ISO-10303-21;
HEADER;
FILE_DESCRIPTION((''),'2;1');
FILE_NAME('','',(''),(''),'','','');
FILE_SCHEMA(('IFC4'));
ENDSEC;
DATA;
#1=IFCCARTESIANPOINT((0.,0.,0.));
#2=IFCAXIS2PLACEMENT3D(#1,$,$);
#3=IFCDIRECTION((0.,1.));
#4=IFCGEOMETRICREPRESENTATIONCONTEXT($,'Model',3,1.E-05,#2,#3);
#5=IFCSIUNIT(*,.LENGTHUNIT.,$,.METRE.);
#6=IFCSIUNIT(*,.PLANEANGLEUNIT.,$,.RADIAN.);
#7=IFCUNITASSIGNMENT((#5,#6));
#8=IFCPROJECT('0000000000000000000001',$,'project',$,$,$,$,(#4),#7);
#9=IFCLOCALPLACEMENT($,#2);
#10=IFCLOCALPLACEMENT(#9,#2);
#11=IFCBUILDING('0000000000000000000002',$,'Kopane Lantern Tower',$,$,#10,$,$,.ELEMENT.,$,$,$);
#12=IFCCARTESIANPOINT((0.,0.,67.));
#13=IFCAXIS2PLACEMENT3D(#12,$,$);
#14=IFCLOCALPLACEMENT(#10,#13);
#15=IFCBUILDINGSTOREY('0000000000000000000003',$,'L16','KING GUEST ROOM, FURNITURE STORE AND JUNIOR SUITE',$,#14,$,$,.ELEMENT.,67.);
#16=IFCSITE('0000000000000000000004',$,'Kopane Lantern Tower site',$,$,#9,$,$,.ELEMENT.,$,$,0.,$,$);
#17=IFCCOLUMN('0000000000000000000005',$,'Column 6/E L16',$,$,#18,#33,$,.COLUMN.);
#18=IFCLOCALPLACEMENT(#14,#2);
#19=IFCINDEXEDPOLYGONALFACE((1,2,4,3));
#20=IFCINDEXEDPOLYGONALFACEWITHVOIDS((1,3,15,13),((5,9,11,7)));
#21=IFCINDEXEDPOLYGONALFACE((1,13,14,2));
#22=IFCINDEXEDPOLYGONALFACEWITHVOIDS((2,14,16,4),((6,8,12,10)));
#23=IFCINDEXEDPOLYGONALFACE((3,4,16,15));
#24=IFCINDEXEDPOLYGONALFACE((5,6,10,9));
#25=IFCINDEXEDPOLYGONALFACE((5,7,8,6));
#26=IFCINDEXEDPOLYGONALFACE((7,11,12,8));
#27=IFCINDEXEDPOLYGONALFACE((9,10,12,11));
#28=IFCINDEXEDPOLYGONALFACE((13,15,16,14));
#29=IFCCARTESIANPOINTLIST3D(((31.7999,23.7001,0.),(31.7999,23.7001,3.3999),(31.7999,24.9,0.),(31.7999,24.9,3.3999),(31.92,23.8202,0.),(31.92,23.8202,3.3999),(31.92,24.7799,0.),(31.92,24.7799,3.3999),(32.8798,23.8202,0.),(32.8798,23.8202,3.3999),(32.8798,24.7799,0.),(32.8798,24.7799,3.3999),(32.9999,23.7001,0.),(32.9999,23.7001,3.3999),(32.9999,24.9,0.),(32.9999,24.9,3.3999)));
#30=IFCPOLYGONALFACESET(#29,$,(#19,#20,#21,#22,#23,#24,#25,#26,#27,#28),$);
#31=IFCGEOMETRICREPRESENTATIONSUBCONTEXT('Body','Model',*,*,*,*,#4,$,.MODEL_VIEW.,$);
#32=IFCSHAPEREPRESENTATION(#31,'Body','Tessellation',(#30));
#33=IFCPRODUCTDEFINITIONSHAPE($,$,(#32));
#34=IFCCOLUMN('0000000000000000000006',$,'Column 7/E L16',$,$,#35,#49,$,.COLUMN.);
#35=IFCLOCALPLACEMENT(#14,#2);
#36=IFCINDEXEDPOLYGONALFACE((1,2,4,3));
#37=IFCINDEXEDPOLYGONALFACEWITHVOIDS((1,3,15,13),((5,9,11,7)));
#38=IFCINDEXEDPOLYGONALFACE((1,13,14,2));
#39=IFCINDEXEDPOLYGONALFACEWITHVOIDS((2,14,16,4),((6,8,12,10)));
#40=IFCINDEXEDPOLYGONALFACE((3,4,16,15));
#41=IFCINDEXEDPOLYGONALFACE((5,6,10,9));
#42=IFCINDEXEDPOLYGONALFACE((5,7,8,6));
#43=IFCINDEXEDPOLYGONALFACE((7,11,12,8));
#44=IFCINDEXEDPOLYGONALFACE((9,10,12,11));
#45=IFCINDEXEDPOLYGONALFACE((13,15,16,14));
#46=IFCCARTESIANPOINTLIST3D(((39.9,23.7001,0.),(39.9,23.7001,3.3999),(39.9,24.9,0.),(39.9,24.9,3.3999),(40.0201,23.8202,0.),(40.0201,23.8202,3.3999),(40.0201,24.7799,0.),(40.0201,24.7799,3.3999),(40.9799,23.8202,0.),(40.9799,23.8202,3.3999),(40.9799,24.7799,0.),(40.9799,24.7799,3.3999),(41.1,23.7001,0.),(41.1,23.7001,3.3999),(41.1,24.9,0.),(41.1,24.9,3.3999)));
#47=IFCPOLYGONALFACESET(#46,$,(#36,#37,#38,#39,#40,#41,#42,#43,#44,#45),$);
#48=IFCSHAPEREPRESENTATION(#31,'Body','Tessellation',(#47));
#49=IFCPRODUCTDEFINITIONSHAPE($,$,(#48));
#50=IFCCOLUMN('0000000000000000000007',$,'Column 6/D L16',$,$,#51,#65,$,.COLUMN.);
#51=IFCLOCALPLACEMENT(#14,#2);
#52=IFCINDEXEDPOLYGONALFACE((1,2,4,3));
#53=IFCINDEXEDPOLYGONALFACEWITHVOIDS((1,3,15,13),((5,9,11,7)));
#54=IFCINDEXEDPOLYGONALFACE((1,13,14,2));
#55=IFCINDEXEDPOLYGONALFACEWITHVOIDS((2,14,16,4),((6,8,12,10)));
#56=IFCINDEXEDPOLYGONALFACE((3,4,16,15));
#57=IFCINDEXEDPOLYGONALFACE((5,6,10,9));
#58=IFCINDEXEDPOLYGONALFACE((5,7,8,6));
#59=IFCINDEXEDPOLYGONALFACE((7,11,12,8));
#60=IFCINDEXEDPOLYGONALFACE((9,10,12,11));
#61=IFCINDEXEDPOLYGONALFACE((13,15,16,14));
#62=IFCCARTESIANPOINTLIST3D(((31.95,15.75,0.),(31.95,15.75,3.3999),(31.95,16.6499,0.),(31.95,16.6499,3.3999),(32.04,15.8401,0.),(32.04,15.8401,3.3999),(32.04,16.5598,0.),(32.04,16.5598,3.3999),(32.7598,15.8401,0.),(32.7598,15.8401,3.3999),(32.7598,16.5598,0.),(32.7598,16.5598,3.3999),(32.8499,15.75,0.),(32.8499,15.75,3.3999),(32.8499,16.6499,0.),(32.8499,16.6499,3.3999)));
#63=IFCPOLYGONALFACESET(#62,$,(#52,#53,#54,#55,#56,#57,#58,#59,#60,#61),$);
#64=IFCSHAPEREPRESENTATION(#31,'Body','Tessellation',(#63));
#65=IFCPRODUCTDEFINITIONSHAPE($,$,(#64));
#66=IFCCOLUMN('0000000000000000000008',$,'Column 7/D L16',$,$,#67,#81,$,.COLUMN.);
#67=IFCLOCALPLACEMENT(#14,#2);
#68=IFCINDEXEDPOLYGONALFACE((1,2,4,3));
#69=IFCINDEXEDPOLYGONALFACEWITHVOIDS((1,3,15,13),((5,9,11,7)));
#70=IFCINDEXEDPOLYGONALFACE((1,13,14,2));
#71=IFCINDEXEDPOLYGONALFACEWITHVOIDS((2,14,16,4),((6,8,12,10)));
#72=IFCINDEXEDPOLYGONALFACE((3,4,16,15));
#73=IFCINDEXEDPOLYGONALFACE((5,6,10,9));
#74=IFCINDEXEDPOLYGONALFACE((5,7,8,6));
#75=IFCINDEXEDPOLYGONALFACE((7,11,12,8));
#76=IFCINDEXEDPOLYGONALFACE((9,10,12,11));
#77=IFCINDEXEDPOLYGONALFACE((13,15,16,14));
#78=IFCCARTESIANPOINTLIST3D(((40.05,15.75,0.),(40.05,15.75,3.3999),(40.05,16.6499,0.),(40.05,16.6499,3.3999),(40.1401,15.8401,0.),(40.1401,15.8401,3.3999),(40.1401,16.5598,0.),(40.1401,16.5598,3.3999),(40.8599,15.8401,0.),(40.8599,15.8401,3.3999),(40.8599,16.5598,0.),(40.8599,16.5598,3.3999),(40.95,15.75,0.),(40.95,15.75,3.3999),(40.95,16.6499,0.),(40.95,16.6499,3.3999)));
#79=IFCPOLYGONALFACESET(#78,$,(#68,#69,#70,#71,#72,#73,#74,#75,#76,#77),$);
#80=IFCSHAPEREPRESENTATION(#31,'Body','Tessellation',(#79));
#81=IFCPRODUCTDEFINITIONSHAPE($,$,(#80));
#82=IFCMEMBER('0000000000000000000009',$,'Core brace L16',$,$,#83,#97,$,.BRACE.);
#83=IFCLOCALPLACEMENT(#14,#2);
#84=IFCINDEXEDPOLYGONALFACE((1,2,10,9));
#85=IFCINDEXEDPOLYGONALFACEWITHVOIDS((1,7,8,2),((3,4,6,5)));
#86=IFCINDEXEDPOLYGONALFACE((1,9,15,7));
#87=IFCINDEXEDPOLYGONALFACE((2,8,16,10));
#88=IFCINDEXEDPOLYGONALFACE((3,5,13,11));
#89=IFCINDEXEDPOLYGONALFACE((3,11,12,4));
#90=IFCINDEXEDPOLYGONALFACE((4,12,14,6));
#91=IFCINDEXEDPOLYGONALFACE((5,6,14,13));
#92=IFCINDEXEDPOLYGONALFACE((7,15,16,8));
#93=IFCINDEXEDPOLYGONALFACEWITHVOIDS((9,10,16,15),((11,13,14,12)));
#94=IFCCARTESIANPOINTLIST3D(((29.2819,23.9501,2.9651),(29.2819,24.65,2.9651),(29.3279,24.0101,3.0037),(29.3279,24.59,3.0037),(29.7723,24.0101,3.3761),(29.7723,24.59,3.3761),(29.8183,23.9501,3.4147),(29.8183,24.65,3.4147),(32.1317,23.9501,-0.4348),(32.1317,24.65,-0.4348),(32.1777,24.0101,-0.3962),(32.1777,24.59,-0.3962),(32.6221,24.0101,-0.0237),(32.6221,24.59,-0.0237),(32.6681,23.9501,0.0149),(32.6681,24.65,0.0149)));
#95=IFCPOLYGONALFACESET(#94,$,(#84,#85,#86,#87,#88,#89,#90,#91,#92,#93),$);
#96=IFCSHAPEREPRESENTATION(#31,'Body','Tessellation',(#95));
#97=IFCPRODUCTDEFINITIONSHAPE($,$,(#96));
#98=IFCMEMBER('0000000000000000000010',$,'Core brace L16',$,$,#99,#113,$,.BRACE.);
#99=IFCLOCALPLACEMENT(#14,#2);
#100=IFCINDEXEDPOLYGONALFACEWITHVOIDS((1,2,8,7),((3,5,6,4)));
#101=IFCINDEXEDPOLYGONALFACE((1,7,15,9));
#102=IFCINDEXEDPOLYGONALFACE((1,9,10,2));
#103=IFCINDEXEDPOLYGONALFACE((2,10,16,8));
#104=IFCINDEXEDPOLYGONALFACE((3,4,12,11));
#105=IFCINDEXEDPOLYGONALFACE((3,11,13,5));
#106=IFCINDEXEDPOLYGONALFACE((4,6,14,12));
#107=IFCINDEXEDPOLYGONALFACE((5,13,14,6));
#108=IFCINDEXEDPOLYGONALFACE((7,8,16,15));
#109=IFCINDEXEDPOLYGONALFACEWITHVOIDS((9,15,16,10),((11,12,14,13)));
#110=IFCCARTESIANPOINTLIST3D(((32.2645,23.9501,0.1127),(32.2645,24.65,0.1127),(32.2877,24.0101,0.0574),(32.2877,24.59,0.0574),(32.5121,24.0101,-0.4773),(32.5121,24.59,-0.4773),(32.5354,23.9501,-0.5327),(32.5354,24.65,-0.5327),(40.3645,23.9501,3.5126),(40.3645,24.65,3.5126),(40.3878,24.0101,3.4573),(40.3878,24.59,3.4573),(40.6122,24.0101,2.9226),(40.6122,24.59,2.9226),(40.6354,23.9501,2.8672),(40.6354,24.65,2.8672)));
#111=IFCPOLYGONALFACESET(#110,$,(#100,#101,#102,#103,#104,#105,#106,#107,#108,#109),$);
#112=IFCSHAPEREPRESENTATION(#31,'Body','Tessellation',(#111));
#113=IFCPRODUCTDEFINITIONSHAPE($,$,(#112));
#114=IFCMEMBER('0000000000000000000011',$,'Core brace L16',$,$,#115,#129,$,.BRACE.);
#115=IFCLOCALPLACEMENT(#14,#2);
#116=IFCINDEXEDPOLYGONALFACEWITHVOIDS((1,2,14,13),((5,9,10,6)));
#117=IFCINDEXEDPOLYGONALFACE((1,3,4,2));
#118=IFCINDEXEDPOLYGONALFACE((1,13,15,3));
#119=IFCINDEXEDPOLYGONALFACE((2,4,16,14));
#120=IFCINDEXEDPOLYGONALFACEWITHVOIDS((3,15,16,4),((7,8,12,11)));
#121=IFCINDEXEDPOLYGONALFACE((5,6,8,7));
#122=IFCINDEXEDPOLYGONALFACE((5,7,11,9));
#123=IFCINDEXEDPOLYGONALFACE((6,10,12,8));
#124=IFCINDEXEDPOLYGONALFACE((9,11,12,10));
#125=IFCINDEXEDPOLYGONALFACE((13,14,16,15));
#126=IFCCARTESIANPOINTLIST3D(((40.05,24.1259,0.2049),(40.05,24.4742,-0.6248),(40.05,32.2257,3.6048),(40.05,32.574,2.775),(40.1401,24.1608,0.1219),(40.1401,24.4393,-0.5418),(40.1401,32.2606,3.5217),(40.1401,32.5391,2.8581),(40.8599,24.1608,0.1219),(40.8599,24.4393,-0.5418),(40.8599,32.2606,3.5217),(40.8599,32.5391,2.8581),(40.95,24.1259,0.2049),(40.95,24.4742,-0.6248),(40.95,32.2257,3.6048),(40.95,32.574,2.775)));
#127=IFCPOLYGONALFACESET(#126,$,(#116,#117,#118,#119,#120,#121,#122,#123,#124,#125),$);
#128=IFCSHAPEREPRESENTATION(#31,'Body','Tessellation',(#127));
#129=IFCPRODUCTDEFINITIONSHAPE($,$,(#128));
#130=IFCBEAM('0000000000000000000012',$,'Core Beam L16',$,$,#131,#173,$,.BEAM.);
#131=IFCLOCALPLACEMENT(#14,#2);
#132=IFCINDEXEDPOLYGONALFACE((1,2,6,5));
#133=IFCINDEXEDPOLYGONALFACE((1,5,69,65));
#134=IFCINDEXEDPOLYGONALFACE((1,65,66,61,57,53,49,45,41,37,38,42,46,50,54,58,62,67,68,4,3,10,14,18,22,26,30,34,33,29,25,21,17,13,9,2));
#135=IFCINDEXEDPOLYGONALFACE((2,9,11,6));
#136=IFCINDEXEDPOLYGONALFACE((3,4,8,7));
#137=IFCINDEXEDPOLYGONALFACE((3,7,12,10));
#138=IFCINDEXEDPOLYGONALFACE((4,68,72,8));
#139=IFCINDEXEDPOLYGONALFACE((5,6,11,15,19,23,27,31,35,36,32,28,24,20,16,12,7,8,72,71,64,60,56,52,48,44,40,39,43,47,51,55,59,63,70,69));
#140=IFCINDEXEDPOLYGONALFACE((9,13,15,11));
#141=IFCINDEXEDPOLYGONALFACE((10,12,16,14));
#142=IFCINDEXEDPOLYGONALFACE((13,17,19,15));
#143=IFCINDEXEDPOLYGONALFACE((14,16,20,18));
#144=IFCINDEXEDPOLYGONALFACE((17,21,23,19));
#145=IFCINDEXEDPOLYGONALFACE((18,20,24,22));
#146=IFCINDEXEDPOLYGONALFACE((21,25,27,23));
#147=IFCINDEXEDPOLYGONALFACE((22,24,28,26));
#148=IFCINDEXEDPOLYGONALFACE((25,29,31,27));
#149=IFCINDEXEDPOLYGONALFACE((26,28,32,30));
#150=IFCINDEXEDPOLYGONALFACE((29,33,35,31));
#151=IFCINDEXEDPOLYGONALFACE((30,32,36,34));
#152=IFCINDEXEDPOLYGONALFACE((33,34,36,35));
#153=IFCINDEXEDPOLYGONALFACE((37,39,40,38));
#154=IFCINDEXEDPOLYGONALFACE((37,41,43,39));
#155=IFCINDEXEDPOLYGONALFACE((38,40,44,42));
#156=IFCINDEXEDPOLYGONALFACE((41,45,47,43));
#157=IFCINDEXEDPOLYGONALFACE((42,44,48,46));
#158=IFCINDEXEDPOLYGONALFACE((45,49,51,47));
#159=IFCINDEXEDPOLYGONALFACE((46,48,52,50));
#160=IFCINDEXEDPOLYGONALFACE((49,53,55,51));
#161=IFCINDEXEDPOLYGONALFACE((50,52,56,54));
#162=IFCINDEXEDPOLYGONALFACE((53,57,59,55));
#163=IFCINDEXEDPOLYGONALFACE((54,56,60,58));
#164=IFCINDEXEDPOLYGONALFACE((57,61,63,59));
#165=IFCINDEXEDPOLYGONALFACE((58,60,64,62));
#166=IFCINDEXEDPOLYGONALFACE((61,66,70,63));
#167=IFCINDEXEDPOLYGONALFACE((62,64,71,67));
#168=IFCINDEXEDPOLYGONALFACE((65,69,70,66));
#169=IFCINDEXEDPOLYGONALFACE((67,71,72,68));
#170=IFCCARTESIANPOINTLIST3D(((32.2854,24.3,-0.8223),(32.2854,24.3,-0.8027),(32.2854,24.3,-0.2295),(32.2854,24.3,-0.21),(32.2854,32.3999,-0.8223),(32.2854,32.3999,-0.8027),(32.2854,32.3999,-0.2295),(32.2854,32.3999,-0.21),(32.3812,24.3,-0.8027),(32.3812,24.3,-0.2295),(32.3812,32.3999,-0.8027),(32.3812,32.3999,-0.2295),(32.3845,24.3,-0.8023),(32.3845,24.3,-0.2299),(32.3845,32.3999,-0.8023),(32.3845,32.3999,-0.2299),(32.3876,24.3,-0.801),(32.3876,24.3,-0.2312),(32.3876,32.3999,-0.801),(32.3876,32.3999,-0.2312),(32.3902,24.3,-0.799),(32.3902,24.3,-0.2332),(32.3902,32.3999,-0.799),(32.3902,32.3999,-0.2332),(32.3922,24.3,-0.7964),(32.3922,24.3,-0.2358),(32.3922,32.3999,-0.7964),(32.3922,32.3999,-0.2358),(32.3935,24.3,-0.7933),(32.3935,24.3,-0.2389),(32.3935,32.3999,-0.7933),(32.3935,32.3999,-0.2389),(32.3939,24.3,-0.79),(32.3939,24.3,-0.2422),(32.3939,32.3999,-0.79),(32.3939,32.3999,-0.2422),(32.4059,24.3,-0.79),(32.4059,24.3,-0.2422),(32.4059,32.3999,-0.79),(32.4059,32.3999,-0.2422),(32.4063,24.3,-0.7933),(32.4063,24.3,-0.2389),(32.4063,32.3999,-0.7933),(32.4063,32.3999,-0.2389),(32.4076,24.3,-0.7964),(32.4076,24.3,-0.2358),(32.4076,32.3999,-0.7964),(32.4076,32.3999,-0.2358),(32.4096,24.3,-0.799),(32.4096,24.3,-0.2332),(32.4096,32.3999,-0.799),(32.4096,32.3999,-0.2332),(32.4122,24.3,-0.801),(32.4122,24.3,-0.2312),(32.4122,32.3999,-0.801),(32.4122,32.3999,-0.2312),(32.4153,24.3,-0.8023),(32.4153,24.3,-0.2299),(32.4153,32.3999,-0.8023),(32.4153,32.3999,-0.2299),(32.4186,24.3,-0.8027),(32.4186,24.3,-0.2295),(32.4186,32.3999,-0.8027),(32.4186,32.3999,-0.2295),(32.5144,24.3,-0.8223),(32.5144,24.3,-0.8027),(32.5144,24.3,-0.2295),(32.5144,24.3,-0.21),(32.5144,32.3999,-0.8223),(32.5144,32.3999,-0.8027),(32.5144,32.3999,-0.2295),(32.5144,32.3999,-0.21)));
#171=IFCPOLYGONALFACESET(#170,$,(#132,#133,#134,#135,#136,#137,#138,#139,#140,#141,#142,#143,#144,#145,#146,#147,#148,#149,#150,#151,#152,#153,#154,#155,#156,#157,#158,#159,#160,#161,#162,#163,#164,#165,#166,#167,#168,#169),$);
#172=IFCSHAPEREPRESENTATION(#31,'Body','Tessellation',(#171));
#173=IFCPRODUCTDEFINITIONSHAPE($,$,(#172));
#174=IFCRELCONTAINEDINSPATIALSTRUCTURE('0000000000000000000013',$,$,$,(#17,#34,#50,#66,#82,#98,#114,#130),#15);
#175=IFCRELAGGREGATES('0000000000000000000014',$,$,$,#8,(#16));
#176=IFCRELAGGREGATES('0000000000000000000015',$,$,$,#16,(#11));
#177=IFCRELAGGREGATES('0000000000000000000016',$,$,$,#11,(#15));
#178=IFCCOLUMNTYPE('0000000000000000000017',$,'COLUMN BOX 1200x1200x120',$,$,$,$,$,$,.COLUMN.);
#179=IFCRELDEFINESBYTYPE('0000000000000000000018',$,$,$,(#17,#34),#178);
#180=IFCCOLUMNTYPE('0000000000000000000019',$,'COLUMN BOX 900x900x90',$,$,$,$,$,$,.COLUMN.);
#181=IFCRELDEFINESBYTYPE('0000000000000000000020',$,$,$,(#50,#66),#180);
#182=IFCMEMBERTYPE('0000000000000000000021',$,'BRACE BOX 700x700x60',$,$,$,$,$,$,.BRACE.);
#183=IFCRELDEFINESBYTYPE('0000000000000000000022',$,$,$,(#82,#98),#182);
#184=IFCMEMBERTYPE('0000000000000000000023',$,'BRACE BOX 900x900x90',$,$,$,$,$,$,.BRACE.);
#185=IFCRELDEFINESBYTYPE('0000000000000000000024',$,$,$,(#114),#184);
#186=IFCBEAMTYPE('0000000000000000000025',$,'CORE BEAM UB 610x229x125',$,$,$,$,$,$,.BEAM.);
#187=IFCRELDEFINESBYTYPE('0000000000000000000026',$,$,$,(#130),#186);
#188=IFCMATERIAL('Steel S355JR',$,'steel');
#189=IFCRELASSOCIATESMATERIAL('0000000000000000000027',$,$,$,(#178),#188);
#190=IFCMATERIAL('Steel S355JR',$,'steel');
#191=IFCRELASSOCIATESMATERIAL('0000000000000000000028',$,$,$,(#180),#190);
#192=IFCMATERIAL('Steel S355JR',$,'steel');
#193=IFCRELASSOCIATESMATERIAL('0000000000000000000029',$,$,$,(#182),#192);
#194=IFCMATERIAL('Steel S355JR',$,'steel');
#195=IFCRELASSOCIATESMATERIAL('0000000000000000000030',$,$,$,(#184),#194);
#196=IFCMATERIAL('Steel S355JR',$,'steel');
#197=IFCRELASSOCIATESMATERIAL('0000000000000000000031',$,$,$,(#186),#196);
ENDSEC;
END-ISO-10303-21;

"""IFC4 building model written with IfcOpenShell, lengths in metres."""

from ifc_helpers import new_model, si_unit, direction, frame, origin, origin_2d, place, context, subcontext, project, spatial, hollow_rectangle, i_section, extrude, material, material_profile, profile_set, type_object, element, save


model = new_model("IFC4")

# Units and contexts
model_context = context("Model", 3, precision=1e-05, world=origin(), true_north=direction((0.0, 1.0)))
body_context = subcontext(model_context, "Body", "Model", "MODEL_VIEW")
ifc_project = project(units=[si_unit("LENGTHUNIT", "METRE"), si_unit("PLANEANGLEUNIT", "RADIAN")], contexts=[model_context])

# Site, building, storey
site_placement = place(None, origin())
site = spatial("IfcSite", under=ifc_project, at=site_placement, Name="Kopane Lantern Tower site", CompositionType="ELEMENT", RefElevation=0.0)
building_placement = place(site_placement, origin())
building = spatial("IfcBuilding", under=site, at=building_placement, Name="Kopane Lantern Tower", CompositionType="ELEMENT")
storey_placement = place(building_placement, frame((0.0, 0.0, 67.0)))
storey = spatial("IfcBuildingStorey", under=building, at=storey_placement, Name="L16", Description="KING GUEST ROOM, FURNITURE STORE AND JUNIOR SUITE", CompositionType="ELEMENT", Elevation=67.0)

# Columns
ifc_material_1 = material(Name="Steel S355JR", Category="steel")
ifc_material_profile_1 = material_profile(ifc_material_1, hollow_rectangle(XDim=1.2, YDim=1.2, WallThickness=0.1201, at=origin_2d()), Name="BOX 1200x1200x120")
ifc_profile_set_1 = profile_set([ifc_material_profile_1], Name="Steel S355JR")
column_type_1 = type_object("IfcColumnType", Name="COLUMN BOX 1200x1200x120", PredefinedType="COLUMN", material=ifc_profile_set_1)
for number, where, z_axis, x_axis, name in (
    (1, (32.3999, 24.3, 0.0), (0.0, 0.0, 1.0), (1.0, 0.0, 0.0), "Column 6/E L16"),
    (2, (40.5, 24.3, 0.0), (0.0, 0.0, 1.0), (1.0, 0.0, 0.0), "Column 7/E L16"),
):
    element("IfcColumn", number, at=place(storey_placement, frame(where, z_axis=z_axis, x_axis=x_axis)), inside=storey, type_object=column_type_1, Name=name, PredefinedType="COLUMN", context=body_context, shape_type="SweptSolid", body=[
        extrude(hollow_rectangle(XDim=1.2, YDim=1.2, WallThickness=0.1201, at=origin_2d()), origin(), (0.0, 0.0, 1.0), 3.3999),
    ])
ifc_material_2 = material(Name="Steel S355JR", Category="steel")
ifc_material_profile_2 = material_profile(ifc_material_2, hollow_rectangle(XDim=0.8999, YDim=0.8999, WallThickness=0.0901, at=origin_2d()), Name="BOX 900x900x90")
ifc_profile_set_2 = profile_set([ifc_material_profile_2], Name="Steel S355JR")
column_type_2 = type_object("IfcColumnType", Name="COLUMN BOX 900x900x90", PredefinedType="COLUMN", material=ifc_profile_set_2)
for number, where, z_axis, x_axis, name in (
    (3, (32.3999, 16.2, 0.0), (0.0, 0.0, 1.0), (1.0, 0.0, 0.0), "Column 6/D L16"),
    (4, (40.5, 16.2, 0.0), (0.0, 0.0, 1.0), (1.0, 0.0, 0.0), "Column 7/D L16"),
):
    element("IfcColumn", number, at=place(storey_placement, frame(where, z_axis=z_axis, x_axis=x_axis)), inside=storey, type_object=column_type_2, Name=name, PredefinedType="COLUMN", context=body_context, shape_type="SweptSolid", body=[
        extrude(hollow_rectangle(XDim=0.8999, YDim=0.8999, WallThickness=0.0901, at=origin_2d()), origin(), (0.0, 0.0, 1.0), 3.3999),
    ])

# Members
ifc_material_3 = material(Name="Steel S355JR", Category="steel")
ifc_material_profile_3 = material_profile(ifc_material_3, hollow_rectangle(XDim=0.7, YDim=0.7, WallThickness=0.0601, at=origin_2d()), Name="BOX 700x700x60")
ifc_profile_set_3 = profile_set([ifc_material_profile_3], Name="Steel S355JR")
member_type_1 = type_object("IfcMemberType", Name="BRACE BOX 700x700x60", PredefinedType="BRACE", material=ifc_profile_set_3)
member_1_placement = place(storey_placement, frame((32.3999, 24.3, -0.21), z_axis=(-0.64239, 0.0, 0.766378), x_axis=(0.0, -1.0, 0.0)))
element("IfcMember", 5, at=member_1_placement, inside=storey, type_object=member_type_1, Name="Core brace L16", PredefinedType="BRACE", context=body_context, shape_type="SweptSolid", body=[
    extrude(hollow_rectangle(XDim=0.7, YDim=0.7, WallThickness=0.0601, at=origin_2d()), origin(), (0.0, 0.0, 1.0), 4.4363),
])
member_2_placement = place(storey_placement, frame((32.3999, 24.3, -0.21), z_axis=(0.922069, 0.0, 0.387026), x_axis=(0.0, 1.0, 0.0)))
element("IfcMember", 6, at=member_2_placement, inside=storey, type_object=member_type_1, Name="Core brace L16", PredefinedType="BRACE", context=body_context, shape_type="SweptSolid", body=[
    extrude(hollow_rectangle(XDim=0.7, YDim=0.7, WallThickness=0.0601, at=origin_2d()), origin(), (0.0, 0.0, 1.0), 8.7847),
])
ifc_material_4 = material(Name="Steel S355JR", Category="steel")
ifc_material_profile_4 = material_profile(ifc_material_4, hollow_rectangle(XDim=0.8999, YDim=0.8999, WallThickness=0.0901, at=origin_2d()), Name="BOX 900x900x90")
ifc_profile_set_4 = profile_set([ifc_material_profile_4], Name="Steel S355JR")
member_type_2 = type_object("IfcMemberType", Name="BRACE BOX 900x900x90", PredefinedType="BRACE", material=ifc_profile_set_4)
member_3_placement = place(storey_placement, frame((40.5, 24.3, -0.21), z_axis=(0.0, 0.922065, 0.387035), x_axis=(-1.0, 0.0, 0.0)))
element("IfcMember", 7, at=member_3_placement, inside=storey, type_object=member_type_2, Name="Core brace L16", PredefinedType="BRACE", context=body_context, shape_type="SweptSolid", body=[
    extrude(hollow_rectangle(XDim=0.8999, YDim=0.8999, WallThickness=0.0901, at=origin_2d()), origin(), (0.0, 0.0, 1.0), 8.7844),
])

# Beam
ifc_material_5 = material(Name="Steel S355JR", Category="steel")
ifc_material_profile_5 = material_profile(ifc_material_5, i_section(OverallWidth=0.229, OverallDepth=0.6123, WebThickness=0.012, FlangeThickness=0.0195, FilletRadius=0.0127, at=origin_2d()), Name="UB 610x229x125")
ifc_profile_set_5 = profile_set([ifc_material_profile_5], Name="Steel S355JR")
beam_type_1 = type_object("IfcBeamType", Name="CORE BEAM UB 610x229x125", PredefinedType="BEAM", material=ifc_profile_set_5)
beam_1_placement = place(storey_placement, frame((32.3999, 24.3, -0.5161), z_axis=(0.0, 1.0, 0.0), x_axis=(-1.0, 0.0, 0.0)))
element("IfcBeam", 8, at=beam_1_placement, inside=storey, type_object=beam_type_1, Name="Core Beam L16", PredefinedType="BEAM", context=body_context, shape_type="SweptSolid", body=[
    extrude(i_section(OverallWidth=0.229, OverallDepth=0.6123, WebThickness=0.012, FlangeThickness=0.0195, FilletRadius=0.0127, at=origin_2d()), origin(), (0.0, 0.0, 1.0), 8.0999),
])

save(model, "model.ifc")
